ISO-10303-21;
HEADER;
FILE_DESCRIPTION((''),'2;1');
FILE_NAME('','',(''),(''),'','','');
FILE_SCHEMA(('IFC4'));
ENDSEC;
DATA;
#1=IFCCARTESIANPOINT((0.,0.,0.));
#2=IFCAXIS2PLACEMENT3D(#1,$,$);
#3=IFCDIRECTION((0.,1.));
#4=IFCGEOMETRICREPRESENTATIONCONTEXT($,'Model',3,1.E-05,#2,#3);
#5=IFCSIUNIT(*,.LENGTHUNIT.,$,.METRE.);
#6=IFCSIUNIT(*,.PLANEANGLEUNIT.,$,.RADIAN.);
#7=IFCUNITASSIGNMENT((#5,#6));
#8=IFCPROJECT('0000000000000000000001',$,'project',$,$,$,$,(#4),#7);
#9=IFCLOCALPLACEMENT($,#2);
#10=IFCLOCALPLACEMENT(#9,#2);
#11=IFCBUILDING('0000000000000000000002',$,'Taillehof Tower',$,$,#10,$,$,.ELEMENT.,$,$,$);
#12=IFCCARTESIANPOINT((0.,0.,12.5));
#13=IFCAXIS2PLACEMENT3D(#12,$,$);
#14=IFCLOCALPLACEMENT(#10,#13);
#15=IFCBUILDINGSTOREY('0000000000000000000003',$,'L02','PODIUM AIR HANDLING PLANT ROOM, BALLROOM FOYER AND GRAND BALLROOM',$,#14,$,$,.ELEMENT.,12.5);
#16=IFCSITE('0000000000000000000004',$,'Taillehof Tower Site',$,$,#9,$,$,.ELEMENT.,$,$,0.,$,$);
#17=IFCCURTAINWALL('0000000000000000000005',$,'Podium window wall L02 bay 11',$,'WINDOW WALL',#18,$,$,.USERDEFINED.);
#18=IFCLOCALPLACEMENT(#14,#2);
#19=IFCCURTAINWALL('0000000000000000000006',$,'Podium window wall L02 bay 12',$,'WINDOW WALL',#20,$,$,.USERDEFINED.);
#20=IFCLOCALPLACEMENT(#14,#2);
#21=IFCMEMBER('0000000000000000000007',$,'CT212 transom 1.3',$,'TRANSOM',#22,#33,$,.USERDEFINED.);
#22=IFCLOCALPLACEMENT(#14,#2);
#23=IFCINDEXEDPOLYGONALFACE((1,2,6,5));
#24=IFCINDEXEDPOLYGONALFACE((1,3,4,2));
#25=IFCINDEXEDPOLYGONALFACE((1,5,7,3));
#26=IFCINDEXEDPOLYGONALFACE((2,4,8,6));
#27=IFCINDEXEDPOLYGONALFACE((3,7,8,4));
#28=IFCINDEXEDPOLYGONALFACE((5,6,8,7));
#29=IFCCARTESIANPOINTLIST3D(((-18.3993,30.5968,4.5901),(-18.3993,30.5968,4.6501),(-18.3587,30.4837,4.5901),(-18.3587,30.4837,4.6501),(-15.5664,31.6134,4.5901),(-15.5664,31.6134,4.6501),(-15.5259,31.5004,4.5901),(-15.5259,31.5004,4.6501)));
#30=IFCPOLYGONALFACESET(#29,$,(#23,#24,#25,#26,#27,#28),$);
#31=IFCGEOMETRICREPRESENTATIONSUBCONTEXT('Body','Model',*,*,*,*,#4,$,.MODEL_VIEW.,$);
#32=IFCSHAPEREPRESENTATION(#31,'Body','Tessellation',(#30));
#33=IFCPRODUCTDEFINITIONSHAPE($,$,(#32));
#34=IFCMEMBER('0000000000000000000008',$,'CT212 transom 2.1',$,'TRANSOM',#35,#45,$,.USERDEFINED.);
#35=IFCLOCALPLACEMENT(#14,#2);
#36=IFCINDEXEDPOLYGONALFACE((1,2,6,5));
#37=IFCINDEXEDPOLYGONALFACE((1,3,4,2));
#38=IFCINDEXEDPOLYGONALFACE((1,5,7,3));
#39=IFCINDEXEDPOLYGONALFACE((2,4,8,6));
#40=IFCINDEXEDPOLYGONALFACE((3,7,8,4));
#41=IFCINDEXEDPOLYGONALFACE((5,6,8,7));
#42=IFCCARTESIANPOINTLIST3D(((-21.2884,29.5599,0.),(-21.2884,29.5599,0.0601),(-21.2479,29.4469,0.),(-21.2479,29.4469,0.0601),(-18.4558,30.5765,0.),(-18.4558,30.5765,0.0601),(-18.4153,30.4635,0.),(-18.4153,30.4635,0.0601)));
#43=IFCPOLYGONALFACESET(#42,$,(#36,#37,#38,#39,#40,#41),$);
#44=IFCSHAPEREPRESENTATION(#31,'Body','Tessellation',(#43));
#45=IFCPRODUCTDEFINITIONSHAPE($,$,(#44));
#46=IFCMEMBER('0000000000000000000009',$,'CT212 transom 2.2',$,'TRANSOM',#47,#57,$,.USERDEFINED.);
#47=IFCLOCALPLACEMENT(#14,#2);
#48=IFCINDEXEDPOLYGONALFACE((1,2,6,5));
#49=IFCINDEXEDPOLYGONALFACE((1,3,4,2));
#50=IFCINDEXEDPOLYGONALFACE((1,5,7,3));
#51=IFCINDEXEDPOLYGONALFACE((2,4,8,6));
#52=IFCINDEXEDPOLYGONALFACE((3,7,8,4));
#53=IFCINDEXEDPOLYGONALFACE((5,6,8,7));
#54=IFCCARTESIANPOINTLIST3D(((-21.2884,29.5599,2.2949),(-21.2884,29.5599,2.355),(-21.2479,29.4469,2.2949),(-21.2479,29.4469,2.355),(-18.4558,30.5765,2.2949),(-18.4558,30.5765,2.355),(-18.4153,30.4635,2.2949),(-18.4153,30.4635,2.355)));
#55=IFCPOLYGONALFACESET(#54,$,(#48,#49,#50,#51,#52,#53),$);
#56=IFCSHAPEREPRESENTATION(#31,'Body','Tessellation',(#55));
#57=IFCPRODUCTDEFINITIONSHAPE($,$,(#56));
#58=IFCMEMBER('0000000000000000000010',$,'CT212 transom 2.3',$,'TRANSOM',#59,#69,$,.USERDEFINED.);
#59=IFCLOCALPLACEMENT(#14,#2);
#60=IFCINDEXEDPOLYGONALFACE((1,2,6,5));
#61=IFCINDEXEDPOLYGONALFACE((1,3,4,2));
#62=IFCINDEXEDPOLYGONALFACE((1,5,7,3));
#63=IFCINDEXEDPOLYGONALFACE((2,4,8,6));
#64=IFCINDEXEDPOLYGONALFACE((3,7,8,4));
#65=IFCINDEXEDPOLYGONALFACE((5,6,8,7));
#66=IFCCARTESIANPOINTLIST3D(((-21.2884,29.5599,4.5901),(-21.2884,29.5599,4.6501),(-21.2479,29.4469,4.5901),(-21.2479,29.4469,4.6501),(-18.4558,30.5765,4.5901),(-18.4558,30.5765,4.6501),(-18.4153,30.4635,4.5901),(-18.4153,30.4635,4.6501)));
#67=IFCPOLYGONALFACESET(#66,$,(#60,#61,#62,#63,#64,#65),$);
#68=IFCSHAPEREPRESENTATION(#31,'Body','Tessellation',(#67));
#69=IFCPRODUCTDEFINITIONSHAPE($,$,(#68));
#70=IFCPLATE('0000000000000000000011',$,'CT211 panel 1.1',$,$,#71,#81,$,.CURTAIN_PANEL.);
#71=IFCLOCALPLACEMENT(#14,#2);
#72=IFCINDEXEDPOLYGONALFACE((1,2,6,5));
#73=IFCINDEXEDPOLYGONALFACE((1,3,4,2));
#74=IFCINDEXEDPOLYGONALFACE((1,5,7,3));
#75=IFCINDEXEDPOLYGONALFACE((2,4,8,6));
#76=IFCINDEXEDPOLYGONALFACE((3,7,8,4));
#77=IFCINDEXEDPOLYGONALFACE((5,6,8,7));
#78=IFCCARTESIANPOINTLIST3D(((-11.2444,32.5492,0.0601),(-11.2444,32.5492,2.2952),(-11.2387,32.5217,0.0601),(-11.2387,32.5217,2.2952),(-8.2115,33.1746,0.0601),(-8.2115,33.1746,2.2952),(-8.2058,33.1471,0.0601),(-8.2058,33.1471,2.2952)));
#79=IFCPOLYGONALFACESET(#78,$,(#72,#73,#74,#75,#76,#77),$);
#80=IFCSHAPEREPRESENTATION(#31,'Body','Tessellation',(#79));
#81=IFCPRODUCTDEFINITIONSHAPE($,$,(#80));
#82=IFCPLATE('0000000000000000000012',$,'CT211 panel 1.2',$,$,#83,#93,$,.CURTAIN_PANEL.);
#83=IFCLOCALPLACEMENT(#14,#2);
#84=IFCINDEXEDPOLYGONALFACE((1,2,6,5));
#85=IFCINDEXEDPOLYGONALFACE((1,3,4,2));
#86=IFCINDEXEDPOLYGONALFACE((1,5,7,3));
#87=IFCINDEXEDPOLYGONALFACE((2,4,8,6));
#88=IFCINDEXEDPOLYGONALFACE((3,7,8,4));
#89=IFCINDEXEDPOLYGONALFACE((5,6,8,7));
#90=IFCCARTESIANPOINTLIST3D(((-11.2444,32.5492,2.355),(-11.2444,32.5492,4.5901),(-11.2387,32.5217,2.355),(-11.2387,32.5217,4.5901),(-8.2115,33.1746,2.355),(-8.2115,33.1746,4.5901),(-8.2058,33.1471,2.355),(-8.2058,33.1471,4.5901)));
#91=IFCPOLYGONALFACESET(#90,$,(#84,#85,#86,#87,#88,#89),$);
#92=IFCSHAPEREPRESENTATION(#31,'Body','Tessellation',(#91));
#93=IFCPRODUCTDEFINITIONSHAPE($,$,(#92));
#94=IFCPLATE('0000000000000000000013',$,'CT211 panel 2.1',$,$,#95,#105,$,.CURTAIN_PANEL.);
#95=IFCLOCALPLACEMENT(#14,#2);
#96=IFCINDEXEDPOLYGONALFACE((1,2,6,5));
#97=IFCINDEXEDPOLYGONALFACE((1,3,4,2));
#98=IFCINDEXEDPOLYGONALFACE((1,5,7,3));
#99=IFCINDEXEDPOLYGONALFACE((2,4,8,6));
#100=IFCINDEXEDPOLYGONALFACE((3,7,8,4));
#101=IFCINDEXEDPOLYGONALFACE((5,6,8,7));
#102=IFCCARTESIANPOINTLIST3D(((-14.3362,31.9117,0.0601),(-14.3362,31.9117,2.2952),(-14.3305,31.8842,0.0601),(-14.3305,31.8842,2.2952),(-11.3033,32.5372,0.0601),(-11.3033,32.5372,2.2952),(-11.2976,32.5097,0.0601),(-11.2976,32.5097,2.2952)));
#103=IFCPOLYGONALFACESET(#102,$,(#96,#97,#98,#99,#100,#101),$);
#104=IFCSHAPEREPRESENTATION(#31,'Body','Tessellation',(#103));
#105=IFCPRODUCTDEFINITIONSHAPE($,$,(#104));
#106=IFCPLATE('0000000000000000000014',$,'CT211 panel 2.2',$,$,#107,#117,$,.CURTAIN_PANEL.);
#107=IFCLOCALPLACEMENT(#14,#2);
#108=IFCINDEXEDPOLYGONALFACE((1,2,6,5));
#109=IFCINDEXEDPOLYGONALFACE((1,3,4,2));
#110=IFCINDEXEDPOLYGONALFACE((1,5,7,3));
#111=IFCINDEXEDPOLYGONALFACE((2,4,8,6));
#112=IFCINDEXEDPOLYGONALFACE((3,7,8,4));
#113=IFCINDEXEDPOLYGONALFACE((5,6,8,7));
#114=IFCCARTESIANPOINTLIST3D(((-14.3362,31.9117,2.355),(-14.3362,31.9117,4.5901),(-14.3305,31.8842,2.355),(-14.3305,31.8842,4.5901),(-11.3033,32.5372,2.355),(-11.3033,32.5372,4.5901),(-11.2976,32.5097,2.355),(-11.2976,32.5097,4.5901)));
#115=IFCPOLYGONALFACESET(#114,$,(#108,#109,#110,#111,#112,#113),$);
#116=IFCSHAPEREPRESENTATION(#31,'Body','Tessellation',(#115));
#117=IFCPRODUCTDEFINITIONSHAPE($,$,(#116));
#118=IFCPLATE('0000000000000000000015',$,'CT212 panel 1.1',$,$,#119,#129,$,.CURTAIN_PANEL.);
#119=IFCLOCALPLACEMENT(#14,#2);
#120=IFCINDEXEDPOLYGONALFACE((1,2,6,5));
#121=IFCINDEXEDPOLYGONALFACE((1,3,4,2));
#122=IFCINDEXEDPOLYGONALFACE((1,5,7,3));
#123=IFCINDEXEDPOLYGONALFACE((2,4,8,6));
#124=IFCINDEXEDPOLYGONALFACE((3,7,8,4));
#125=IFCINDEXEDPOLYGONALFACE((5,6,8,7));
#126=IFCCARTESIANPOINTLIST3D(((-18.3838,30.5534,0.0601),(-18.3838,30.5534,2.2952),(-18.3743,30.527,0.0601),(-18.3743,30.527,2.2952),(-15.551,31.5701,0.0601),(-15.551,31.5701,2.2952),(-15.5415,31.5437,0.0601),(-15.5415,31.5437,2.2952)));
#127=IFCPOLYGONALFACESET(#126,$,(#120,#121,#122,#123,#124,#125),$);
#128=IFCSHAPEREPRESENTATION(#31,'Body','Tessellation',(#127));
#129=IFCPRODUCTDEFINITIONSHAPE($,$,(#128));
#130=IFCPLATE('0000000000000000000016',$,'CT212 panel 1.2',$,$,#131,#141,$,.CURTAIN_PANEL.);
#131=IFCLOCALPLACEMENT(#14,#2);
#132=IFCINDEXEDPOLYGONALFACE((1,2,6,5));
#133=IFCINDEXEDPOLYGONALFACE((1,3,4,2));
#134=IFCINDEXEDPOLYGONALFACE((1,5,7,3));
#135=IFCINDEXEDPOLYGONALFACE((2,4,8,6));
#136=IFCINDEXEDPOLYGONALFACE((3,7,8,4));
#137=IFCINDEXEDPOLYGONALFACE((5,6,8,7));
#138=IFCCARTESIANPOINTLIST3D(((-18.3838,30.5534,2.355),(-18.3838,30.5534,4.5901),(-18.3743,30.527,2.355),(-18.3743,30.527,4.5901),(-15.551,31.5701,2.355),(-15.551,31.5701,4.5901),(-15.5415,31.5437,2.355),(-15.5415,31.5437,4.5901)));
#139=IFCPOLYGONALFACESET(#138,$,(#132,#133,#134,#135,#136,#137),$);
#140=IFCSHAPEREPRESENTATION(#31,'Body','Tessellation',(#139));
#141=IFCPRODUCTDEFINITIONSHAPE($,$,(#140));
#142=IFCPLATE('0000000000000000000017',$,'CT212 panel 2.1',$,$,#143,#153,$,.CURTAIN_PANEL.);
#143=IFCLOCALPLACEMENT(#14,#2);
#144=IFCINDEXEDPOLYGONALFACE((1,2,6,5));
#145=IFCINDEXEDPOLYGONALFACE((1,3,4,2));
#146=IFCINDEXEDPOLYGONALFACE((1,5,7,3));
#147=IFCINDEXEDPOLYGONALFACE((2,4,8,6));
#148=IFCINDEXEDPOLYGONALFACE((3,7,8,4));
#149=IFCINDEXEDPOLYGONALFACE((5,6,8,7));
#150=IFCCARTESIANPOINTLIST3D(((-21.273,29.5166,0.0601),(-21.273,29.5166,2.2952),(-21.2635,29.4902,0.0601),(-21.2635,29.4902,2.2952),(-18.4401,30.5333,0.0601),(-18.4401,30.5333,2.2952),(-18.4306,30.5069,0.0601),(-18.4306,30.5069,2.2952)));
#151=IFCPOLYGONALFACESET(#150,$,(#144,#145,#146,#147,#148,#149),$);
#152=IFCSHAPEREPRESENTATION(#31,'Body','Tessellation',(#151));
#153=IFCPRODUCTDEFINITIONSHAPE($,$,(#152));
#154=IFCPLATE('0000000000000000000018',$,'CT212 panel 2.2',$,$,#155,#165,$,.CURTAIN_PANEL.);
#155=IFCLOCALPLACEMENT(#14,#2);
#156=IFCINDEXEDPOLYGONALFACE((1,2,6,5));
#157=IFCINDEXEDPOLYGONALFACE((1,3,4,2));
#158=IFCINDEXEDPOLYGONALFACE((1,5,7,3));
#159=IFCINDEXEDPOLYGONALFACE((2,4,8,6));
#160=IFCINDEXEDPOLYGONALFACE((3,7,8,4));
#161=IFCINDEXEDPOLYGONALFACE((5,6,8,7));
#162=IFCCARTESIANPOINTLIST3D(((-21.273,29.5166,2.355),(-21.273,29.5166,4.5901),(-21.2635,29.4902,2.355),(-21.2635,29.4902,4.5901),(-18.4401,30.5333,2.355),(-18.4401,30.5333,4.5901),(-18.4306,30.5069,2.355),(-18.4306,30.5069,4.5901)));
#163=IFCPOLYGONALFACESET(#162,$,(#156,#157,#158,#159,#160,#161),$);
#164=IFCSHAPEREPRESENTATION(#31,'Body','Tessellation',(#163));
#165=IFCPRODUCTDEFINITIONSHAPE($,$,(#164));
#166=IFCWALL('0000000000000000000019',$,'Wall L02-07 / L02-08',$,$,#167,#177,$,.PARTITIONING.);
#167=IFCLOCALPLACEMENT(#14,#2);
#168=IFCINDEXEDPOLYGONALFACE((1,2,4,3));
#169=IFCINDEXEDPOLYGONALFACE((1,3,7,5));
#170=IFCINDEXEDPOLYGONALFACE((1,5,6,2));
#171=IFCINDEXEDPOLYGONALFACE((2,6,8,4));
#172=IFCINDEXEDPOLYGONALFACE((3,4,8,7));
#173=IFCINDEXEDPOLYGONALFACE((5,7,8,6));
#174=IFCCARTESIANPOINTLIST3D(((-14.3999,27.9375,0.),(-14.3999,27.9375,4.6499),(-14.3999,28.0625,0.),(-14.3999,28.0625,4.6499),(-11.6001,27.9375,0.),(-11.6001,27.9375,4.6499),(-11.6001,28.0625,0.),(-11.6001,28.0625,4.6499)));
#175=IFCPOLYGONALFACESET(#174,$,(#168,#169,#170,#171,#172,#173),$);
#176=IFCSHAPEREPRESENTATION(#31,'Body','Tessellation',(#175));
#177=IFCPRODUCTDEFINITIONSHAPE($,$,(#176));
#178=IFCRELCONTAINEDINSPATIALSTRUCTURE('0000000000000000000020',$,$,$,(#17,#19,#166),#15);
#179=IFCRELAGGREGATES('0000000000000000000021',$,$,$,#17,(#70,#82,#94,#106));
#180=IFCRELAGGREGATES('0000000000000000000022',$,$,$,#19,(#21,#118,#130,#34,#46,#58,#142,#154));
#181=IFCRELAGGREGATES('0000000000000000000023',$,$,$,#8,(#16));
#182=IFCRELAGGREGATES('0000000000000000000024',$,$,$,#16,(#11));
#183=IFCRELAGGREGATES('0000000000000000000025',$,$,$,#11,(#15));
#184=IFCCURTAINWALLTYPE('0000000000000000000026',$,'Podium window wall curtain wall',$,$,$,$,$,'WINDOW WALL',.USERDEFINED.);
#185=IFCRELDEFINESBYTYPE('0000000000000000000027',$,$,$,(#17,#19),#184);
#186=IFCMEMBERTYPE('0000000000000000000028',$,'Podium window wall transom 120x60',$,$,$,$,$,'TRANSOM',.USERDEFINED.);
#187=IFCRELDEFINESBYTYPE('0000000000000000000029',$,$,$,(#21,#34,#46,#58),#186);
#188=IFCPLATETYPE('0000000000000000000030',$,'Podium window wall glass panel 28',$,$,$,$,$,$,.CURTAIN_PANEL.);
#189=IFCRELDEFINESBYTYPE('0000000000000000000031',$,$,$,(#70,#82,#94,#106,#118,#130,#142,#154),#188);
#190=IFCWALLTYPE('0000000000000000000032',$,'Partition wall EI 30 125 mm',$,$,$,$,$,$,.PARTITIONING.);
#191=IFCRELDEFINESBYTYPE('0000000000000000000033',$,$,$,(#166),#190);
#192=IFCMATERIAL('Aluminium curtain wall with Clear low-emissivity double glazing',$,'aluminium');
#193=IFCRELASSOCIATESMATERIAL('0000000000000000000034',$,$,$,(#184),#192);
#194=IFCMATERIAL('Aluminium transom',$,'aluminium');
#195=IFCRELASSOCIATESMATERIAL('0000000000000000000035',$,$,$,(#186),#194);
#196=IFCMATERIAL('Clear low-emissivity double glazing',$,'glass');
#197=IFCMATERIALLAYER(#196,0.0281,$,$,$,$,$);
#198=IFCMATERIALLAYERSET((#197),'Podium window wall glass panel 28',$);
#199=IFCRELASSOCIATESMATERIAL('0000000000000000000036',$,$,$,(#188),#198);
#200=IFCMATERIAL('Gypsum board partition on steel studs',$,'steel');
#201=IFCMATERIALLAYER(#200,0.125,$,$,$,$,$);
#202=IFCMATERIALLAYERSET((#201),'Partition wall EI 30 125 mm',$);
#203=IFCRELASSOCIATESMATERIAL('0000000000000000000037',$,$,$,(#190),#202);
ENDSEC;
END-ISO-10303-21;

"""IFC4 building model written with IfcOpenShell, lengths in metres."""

from ifc_helpers import new_model, si_unit, direction, frame, frame_2d, origin, origin_2d, place, context, subcontext, project, spatial, rectangle, extrude, material, layer, layer_set, material_profile, profile_set, type_object, element, aggregate, save


model = new_model("IFC4")

# Units and contexts
model_context = context("Model", 3, precision=1e-05, world=origin(), true_north=direction((0.0, 1.0)))
body_context = subcontext(model_context, "Body", "Model", "MODEL_VIEW")
ifc_project = project(units=[si_unit("LENGTHUNIT", "METRE"), si_unit("PLANEANGLEUNIT", "RADIAN")], contexts=[model_context])

# Site, building, storey
site_placement = place(None, origin())
site = spatial("IfcSite", under=ifc_project, at=site_placement, Name="Taillehof Tower Site", CompositionType="ELEMENT", RefElevation=0.0)
building_placement = place(site_placement, origin())
building = spatial("IfcBuilding", under=site, at=building_placement, Name="Taillehof Tower", CompositionType="ELEMENT")
storey_placement = place(building_placement, frame((0.0, 0.0, 12.5)))
storey = spatial("IfcBuildingStorey", under=building, at=storey_placement, Name="L02", Description="PODIUM AIR HANDLING PLANT ROOM, BALLROOM FOYER AND GRAND BALLROOM", CompositionType="ELEMENT", Elevation=12.5)

# Curtain walls
ifc_material_1 = material(Name="Aluminium curtain wall with Clear low-emissivity double glazing", Category="aluminium")
curtain_wall_type = type_object("IfcCurtainWallType", Name="Podium window wall curtain wall", ElementType="WINDOW WALL", PredefinedType="USERDEFINED", material=ifc_material_1)
curtain_wall_1_placement = place(storey_placement, origin())
curtain_wall_1 = element("IfcCurtainWall", 1, at=curtain_wall_1_placement, inside=storey, type_object=curtain_wall_type, Name="Podium window wall L02 bay 11", ObjectType="WINDOW WALL", PredefinedType="USERDEFINED")
curtain_wall_2_placement = place(storey_placement, origin())
curtain_wall_2 = element("IfcCurtainWall", 2, at=curtain_wall_2_placement, inside=storey, type_object=curtain_wall_type, Name="Podium window wall L02 bay 12", ObjectType="WINDOW WALL", PredefinedType="USERDEFINED")

# Members
ifc_material_2 = material(Name="Aluminium transom", Category="aluminium")
ifc_material_profile_1 = material_profile(ifc_material_2, rectangle(XDim=0.1201, YDim=0.0601, at=origin_2d()), Name="AL 120x60")
ifc_profile_set_1 = profile_set([ifc_material_profile_1], Name="Aluminium transom")
member_type_1 = type_object("IfcMemberType", Name="Podium window wall transom 120x60", ElementType="TRANSOM", PredefinedType="USERDEFINED", material=ifc_profile_set_1)
member_1_placement = place(storey_placement, frame((-15.5461, 31.5569, 4.6201), z_axis=(-0.941225, -0.33778, 0.0), x_axis=(0.33778, -0.941225, 0.0)))
member_1 = element("IfcMember", 3, at=member_1_placement, type_object=member_type_1, Name="CT212 transom 1.3", ObjectType="TRANSOM", PredefinedType="USERDEFINED", context=body_context, shape_type="SweptSolid", body=[
    extrude(rectangle(XDim=0.1201, YDim=0.0601, at=origin_2d()), origin(), (0.0, 0.0, 1.0), 3.0098),
])
member_2_placement = place(storey_placement, frame((-18.4355, 30.52, 0.03), z_axis=(-0.941216, -0.337806, 0.0), x_axis=(0.337806, -0.941216, 0.0)))
member_2 = element("IfcMember", 4, at=member_2_placement, type_object=member_type_1, Name="CT212 transom 2.1", ObjectType="TRANSOM", PredefinedType="USERDEFINED", context=body_context, shape_type="SweptSolid", body=[
    extrude(rectangle(XDim=0.1201, YDim=0.0601, at=origin_2d()), origin(), (0.0, 0.0, 1.0), 3.0095),
])
member_3_placement = place(storey_placement, frame((-18.4355, 30.52, 2.325), z_axis=(-0.941216, -0.337806, 0.0), x_axis=(0.337806, -0.941216, 0.0)))
member_3 = element("IfcMember", 5, at=member_3_placement, type_object=member_type_1, Name="CT212 transom 2.2", ObjectType="TRANSOM", PredefinedType="USERDEFINED", context=body_context, shape_type="SweptSolid", body=[
    extrude(rectangle(XDim=0.1201, YDim=0.0601, at=origin_2d()), origin(), (0.0, 0.0, 1.0), 3.0095),
])
member_4_placement = place(storey_placement, frame((-18.4355, 30.52, 4.6201), z_axis=(-0.941216, -0.337806, 0.0), x_axis=(0.337806, -0.941216, 0.0)))
member_4 = element("IfcMember", 6, at=member_4_placement, type_object=member_type_1, Name="CT212 transom 2.3", ObjectType="TRANSOM", PredefinedType="USERDEFINED", context=body_context, shape_type="SweptSolid", body=[
    extrude(rectangle(XDim=0.1201, YDim=0.0601, at=origin_2d()), origin(), (0.0, 0.0, 1.0), 3.0095),
])

# Plates
ifc_material_3 = material(Name="Clear low-emissivity double glazing", Category="glass")
ifc_layer_1 = layer(ifc_material_3, 0.0281)
ifc_layer_set_1 = layer_set([ifc_layer_1], Name="Podium window wall glass panel 28")
plate_type = type_object("IfcPlateType", Name="Podium window wall glass panel 28", PredefinedType="CURTAIN_PANEL", material=ifc_layer_set_1)
plate_1_placement = place(storey_placement, frame((-9.7251, 32.8481, 0.0601), z_axis=(0.0, 0.0, 1.0), x_axis=(-0.97939, -0.201976, 0.0)))
plate_1 = element("IfcPlate", 7, at=plate_1_placement, type_object=plate_type, Name="CT211 panel 1.1", PredefinedType="CURTAIN_PANEL", context=body_context, shape_type="SweptSolid", body=[
    extrude(rectangle(XDim=3.0967, YDim=0.0281, at=origin_2d()), origin(), (0.0, 0.0, 1.0), 2.2351),
])
plate_2_placement = place(storey_placement, frame((-9.7251, 32.8481, 2.355), z_axis=(0.0, 0.0, 1.0), x_axis=(-0.97939, -0.201976, 0.0)))
plate_2 = element("IfcPlate", 8, at=plate_2_placement, type_object=plate_type, Name="CT211 panel 1.2", PredefinedType="CURTAIN_PANEL", context=body_context, shape_type="SweptSolid", body=[
    extrude(rectangle(XDim=3.0967, YDim=0.0281, at=origin_2d()), origin(), (0.0, 0.0, 1.0), 2.2351),
])
plate_3_placement = place(storey_placement, frame((-12.8169, 32.2107, 0.0601), z_axis=(0.0, 0.0, 1.0), x_axis=(-0.97939, -0.201976, 0.0)))
plate_3 = element("IfcPlate", 9, at=plate_3_placement, type_object=plate_type, Name="CT211 panel 2.1", PredefinedType="CURTAIN_PANEL", context=body_context, shape_type="SweptSolid", body=[
    extrude(rectangle(XDim=3.0967, YDim=0.0281, at=origin_2d()), origin(), (0.0, 0.0, 1.0), 2.2351),
])
plate_4_placement = place(storey_placement, frame((-12.8169, 32.2107, 2.355), z_axis=(0.0, 0.0, 1.0), x_axis=(-0.97939, -0.201976, 0.0)))
plate_4 = element("IfcPlate", 10, at=plate_4_placement, type_object=plate_type, Name="CT211 panel 2.2", PredefinedType="CURTAIN_PANEL", context=body_context, shape_type="SweptSolid", body=[
    extrude(rectangle(XDim=3.0967, YDim=0.0281, at=origin_2d()), origin(), (0.0, 0.0, 1.0), 2.2351),
])
aggregate(curtain_wall_1, [plate_1, plate_2, plate_3, plate_4])
plate_5_placement = place(storey_placement, frame((-16.9626, 31.0486, 0.0601), z_axis=(0.0, 0.0, 1.0), x_axis=(-0.941218, -0.337799, 0.0)))
plate_5 = element("IfcPlate", 11, at=plate_5_placement, type_object=plate_type, Name="CT212 panel 1.1", PredefinedType="CURTAIN_PANEL", context=body_context, shape_type="SweptSolid", body=[
    extrude(rectangle(XDim=3.0098, YDim=0.0281, at=origin_2d()), origin(), (0.0, 0.0, 1.0), 2.2351),
])
plate_6_placement = place(storey_placement, frame((-16.9626, 31.0486, 2.355), z_axis=(0.0, 0.0, 1.0), x_axis=(-0.941218, -0.337799, 0.0)))
plate_6 = element("IfcPlate", 12, at=plate_6_placement, type_object=plate_type, Name="CT212 panel 1.2", PredefinedType="CURTAIN_PANEL", context=body_context, shape_type="SweptSolid", body=[
    extrude(rectangle(XDim=3.0098, YDim=0.0281, at=origin_2d()), origin(), (0.0, 0.0, 1.0), 2.2351),
])
plate_7_placement = place(storey_placement, frame((-19.8518, 30.0117, 0.0601), z_axis=(0.0, 0.0, 1.0), x_axis=(-0.941218, -0.337799, 0.0)))
plate_7 = element("IfcPlate", 13, at=plate_7_placement, type_object=plate_type, Name="CT212 panel 2.1", PredefinedType="CURTAIN_PANEL", context=body_context, shape_type="SweptSolid", body=[
    extrude(rectangle(XDim=3.0098, YDim=0.0281, at=origin_2d()), origin(), (0.0, 0.0, 1.0), 2.2351),
])
plate_8_placement = place(storey_placement, frame((-19.8518, 30.0117, 2.355), z_axis=(0.0, 0.0, 1.0), x_axis=(-0.941218, -0.337799, 0.0)))
plate_8 = element("IfcPlate", 14, at=plate_8_placement, type_object=plate_type, Name="CT212 panel 2.2", PredefinedType="CURTAIN_PANEL", context=body_context, shape_type="SweptSolid", body=[
    extrude(rectangle(XDim=3.0098, YDim=0.0281, at=origin_2d()), origin(), (0.0, 0.0, 1.0), 2.2351),
])
aggregate(curtain_wall_2, [member_1, plate_5, plate_6, member_2, member_3, member_4, plate_7, plate_8])

# Wall
ifc_material_4 = material(Name="Gypsum board partition on steel studs", Category="steel")
ifc_layer_2 = layer(ifc_material_4, 0.125)
ifc_layer_set_2 = layer_set([ifc_layer_2], Name="Partition wall EI 30 125 mm")
wall_type = type_object("IfcWallType", Name="Partition wall EI 30 125 mm", PredefinedType="PARTITIONING", material=ifc_layer_set_2)
wall_placement = place(storey_placement, frame((-14.3999, 28.0, 0.0), z_axis=(0.0, 0.0, 1.0), x_axis=(1.0, 0.0, 0.0)))
element("IfcWall", 15, at=wall_placement, inside=storey, type_object=wall_type, Name="Wall L02-07 / L02-08", PredefinedType="PARTITIONING", context=body_context, shape_type="SweptSolid", body=[
    extrude(rectangle(XDim=2.7998, YDim=0.125, at=frame_2d((1.3999, 0.0))), origin(), (0.0, 0.0, 1.0), 4.6499),
])

save(model, "model.ifc")
